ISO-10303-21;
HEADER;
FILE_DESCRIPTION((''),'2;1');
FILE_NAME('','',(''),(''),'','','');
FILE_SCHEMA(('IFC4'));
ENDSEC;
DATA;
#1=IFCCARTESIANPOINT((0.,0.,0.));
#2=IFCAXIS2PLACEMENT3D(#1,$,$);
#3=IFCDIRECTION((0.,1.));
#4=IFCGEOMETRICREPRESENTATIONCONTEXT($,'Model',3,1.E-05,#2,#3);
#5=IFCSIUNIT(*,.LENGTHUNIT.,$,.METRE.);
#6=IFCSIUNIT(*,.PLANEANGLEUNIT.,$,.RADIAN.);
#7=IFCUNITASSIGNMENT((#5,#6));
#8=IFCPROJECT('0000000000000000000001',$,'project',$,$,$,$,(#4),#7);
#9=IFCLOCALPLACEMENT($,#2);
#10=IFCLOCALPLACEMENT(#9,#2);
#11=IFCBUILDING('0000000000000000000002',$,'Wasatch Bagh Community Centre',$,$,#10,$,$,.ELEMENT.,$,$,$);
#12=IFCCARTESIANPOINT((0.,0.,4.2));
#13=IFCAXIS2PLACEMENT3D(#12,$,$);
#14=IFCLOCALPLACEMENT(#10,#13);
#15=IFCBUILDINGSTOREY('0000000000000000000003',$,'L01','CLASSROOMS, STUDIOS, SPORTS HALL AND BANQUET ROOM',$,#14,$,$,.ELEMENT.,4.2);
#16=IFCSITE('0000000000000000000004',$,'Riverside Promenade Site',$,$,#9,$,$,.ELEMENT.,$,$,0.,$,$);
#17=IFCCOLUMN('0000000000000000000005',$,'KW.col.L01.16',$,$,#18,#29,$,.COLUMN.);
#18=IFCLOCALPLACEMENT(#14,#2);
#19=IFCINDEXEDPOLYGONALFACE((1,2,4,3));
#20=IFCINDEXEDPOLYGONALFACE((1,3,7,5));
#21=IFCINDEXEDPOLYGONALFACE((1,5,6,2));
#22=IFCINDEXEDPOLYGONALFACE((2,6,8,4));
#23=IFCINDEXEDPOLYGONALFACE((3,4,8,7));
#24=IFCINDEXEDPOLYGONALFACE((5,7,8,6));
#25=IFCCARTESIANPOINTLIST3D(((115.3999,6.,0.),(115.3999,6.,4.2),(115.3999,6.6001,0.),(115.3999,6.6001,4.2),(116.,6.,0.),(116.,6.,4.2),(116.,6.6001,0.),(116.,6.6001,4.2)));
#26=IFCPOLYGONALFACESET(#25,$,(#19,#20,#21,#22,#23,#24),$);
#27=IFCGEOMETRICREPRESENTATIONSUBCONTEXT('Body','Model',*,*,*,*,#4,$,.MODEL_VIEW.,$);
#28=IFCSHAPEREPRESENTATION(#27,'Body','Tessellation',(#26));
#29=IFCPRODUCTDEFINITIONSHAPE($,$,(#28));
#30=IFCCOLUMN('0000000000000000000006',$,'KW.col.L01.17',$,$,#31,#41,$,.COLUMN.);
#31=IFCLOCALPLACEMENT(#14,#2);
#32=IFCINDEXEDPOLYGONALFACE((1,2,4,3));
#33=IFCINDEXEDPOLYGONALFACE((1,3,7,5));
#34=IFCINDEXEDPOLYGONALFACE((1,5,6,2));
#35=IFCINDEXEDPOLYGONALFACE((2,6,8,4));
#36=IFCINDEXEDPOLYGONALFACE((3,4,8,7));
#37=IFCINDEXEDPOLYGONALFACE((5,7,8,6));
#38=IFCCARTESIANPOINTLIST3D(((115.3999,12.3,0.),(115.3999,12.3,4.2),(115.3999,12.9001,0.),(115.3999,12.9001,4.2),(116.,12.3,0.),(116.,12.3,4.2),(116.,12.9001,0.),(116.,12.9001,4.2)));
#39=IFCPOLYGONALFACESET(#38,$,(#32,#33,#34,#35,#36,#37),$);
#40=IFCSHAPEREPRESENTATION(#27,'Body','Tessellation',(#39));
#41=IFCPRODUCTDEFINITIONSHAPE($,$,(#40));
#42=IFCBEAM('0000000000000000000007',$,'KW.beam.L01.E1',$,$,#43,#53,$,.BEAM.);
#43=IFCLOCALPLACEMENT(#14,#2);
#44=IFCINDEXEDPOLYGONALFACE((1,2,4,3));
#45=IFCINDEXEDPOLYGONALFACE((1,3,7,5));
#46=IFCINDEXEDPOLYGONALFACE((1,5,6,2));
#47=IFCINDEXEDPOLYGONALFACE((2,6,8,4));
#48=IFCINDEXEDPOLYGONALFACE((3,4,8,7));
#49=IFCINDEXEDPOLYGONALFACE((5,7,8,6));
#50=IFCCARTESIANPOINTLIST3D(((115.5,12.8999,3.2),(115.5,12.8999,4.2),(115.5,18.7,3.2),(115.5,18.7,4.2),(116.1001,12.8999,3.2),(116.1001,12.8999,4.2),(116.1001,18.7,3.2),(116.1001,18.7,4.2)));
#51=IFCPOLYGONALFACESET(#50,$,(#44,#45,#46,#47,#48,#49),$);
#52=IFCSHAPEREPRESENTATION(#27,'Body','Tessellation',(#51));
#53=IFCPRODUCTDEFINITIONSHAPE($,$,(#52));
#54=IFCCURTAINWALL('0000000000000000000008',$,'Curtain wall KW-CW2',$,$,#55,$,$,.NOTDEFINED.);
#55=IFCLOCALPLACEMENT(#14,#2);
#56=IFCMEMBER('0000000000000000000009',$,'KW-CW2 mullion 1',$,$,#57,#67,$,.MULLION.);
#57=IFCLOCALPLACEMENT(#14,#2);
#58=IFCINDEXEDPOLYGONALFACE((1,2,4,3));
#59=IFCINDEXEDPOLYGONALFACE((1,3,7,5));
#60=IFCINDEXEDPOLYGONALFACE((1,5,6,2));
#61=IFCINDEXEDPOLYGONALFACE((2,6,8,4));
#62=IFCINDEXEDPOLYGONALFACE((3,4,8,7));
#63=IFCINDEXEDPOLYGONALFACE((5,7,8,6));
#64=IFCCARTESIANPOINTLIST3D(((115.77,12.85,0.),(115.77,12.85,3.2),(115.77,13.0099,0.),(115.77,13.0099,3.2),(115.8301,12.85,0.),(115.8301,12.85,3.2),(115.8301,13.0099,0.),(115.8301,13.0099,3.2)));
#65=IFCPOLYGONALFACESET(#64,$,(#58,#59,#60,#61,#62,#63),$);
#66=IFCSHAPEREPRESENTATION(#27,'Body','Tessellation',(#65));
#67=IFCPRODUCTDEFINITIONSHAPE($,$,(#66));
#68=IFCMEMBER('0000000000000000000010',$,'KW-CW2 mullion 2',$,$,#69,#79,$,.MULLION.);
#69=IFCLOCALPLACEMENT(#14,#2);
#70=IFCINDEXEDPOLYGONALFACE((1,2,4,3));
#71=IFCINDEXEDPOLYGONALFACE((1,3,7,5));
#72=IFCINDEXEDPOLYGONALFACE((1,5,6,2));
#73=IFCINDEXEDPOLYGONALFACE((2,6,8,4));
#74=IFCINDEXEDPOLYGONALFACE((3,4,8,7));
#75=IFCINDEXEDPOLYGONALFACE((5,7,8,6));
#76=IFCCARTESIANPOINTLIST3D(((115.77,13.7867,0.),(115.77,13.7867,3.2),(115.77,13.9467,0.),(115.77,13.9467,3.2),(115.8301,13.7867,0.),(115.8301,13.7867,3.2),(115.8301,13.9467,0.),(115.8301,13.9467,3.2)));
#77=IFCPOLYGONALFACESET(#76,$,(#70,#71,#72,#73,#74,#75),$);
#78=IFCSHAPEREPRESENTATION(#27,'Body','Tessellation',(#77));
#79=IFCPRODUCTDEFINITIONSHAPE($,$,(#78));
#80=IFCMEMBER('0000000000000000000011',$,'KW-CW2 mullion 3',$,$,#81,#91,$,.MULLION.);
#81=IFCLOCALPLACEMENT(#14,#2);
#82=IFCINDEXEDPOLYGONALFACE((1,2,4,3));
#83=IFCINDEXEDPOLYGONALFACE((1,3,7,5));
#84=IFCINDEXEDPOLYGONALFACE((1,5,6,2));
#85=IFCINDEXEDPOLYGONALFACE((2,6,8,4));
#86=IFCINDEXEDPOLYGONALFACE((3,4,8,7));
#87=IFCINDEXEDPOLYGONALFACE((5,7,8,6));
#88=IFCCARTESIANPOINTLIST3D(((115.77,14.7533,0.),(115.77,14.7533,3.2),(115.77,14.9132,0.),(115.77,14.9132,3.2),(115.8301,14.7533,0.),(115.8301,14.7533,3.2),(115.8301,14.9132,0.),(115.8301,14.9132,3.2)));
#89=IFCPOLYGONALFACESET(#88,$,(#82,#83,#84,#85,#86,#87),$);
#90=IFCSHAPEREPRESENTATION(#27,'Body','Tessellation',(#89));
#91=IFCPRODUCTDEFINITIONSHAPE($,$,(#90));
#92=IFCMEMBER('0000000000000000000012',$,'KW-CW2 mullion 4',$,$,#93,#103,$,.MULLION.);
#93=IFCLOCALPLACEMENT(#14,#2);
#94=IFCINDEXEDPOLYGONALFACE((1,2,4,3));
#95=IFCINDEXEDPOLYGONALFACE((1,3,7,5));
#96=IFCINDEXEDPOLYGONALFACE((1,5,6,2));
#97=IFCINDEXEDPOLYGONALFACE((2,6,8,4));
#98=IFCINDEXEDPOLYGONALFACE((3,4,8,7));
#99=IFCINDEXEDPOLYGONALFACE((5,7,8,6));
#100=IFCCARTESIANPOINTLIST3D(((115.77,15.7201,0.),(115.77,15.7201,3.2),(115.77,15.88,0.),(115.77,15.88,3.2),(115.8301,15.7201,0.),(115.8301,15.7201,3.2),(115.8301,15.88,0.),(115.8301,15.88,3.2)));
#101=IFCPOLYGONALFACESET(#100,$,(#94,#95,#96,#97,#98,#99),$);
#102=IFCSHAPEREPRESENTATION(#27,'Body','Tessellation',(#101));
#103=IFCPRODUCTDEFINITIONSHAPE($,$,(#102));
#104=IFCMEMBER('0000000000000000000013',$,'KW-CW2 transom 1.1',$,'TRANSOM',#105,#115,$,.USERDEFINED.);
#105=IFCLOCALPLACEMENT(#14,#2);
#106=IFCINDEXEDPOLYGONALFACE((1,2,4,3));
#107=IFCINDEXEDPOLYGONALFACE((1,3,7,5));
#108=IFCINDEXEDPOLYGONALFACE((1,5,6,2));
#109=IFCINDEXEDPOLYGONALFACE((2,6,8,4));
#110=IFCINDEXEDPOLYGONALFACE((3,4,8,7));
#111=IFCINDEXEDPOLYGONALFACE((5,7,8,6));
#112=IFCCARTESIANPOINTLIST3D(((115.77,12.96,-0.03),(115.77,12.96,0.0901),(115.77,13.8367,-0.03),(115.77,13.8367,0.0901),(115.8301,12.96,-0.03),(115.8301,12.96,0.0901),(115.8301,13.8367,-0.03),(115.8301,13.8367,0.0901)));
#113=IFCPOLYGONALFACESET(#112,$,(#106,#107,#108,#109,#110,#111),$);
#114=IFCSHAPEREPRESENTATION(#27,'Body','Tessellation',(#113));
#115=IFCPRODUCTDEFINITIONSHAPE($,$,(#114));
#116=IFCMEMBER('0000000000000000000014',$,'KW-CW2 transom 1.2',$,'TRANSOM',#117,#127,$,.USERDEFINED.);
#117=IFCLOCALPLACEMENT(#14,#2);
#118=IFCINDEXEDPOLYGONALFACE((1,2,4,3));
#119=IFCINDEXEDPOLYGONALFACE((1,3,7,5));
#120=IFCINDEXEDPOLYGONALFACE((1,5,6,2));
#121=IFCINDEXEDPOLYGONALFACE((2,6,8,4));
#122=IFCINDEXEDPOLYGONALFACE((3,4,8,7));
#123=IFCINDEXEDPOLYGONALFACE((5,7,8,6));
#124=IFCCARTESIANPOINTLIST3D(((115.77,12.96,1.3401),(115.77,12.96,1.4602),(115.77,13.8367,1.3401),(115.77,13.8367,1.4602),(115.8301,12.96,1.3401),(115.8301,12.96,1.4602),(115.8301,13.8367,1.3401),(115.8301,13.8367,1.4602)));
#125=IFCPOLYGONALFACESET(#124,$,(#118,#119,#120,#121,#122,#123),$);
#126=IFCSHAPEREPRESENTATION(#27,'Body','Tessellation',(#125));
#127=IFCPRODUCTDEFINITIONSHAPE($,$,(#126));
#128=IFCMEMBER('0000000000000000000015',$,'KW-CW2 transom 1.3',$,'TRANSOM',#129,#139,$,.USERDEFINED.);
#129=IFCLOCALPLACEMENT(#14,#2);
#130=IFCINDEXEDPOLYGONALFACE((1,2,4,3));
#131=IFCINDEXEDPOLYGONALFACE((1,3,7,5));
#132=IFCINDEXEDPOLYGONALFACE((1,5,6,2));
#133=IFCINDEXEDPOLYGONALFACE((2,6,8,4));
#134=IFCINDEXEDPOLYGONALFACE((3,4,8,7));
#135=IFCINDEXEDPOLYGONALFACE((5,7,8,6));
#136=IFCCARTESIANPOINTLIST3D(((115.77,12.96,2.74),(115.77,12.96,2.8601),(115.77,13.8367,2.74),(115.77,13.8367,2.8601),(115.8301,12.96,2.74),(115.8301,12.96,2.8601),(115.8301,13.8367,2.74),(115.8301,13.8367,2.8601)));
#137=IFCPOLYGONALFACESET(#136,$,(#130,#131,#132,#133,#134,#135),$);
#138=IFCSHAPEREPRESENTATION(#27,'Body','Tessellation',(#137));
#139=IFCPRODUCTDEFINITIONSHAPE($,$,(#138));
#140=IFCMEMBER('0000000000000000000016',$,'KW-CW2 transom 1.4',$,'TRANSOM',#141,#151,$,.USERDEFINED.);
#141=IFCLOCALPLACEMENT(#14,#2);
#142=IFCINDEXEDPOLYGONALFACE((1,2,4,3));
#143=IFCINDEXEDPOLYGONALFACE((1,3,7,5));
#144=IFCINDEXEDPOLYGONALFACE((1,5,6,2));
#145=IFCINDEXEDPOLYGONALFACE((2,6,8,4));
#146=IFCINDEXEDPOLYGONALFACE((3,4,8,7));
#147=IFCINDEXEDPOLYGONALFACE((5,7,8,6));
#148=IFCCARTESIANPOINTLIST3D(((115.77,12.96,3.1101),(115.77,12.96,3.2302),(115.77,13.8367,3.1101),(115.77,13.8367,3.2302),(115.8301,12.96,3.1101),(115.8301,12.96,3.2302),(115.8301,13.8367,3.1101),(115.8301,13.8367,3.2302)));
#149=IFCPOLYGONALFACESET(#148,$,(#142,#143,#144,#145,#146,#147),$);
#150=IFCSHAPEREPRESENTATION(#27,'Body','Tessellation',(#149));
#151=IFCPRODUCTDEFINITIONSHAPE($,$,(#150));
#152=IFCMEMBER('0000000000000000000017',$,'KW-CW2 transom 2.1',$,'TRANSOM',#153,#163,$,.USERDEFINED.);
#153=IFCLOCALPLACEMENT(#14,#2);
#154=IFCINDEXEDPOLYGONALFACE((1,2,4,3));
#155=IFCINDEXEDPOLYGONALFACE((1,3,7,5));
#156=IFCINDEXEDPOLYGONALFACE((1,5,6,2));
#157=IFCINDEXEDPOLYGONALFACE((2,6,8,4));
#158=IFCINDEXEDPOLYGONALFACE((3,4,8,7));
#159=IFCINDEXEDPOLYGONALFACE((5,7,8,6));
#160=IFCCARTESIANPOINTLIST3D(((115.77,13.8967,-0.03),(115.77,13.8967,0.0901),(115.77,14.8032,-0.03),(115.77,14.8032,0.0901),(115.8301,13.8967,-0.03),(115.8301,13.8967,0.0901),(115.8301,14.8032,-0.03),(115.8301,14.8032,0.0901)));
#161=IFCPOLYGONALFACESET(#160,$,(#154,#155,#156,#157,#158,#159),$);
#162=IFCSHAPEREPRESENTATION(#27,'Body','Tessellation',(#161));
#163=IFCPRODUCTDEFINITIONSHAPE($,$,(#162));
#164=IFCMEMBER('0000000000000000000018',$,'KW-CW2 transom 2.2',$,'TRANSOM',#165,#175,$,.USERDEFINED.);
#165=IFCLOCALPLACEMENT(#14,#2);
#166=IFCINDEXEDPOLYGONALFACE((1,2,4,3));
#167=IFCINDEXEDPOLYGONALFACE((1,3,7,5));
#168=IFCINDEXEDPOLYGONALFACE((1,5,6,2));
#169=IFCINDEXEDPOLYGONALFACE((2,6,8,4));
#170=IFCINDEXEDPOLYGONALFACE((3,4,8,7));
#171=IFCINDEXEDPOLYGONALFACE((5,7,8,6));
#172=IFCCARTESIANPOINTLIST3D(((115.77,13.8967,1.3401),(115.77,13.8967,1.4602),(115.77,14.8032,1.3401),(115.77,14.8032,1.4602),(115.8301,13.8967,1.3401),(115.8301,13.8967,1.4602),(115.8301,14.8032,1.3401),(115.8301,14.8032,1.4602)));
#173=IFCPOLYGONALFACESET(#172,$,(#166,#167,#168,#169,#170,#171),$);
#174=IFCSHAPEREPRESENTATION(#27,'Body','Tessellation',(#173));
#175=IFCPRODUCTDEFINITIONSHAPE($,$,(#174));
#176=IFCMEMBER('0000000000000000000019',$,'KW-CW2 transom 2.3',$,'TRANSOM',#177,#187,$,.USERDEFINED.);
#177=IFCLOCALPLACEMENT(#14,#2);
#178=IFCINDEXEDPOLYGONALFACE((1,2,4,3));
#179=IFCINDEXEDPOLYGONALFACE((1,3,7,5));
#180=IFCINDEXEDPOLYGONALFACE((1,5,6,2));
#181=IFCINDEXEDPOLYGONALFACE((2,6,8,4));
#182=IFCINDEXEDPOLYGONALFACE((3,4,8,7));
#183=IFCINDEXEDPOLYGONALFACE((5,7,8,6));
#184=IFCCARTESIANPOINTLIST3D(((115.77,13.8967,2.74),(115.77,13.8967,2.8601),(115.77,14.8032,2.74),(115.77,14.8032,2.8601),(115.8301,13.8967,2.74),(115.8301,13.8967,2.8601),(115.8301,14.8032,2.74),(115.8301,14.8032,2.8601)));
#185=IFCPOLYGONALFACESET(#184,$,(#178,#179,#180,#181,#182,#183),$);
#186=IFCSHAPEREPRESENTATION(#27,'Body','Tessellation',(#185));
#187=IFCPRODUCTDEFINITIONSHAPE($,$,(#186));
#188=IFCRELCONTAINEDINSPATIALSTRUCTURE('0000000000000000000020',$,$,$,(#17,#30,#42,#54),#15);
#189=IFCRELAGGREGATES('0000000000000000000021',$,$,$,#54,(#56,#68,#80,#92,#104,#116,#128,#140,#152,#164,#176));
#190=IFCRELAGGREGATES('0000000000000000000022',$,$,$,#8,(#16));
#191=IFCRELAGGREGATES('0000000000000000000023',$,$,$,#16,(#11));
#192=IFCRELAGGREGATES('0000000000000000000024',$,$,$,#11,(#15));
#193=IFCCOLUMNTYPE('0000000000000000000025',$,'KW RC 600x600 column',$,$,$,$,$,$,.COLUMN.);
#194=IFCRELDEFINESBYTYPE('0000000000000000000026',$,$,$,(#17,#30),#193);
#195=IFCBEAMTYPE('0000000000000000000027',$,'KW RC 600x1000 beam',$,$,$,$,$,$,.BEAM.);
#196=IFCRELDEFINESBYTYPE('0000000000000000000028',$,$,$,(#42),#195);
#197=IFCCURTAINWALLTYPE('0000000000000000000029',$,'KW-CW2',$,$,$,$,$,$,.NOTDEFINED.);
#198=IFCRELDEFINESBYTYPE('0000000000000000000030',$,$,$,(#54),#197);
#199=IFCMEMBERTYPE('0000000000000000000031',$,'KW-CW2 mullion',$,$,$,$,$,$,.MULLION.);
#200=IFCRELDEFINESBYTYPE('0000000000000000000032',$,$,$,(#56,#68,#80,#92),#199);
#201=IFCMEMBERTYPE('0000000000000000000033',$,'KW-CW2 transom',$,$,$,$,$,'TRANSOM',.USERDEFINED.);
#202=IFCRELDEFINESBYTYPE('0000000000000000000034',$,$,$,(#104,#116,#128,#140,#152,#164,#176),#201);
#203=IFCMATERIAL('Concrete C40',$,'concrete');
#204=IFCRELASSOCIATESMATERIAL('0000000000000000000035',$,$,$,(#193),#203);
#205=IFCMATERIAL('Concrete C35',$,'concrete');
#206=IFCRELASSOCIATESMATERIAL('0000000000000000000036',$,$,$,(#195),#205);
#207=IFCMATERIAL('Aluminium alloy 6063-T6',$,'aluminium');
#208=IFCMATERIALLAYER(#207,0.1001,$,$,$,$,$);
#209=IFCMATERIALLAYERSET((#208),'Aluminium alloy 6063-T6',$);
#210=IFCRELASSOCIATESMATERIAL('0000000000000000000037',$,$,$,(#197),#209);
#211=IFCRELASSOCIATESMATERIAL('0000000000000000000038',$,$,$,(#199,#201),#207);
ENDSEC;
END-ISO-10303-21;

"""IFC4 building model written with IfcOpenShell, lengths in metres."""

from ifc_helpers import new_model, si_unit, direction, frame, origin, origin_2d, place, context, subcontext, project, spatial, rectangle, extrude, material, layer, layer_set, material_profile, profile_set, type_object, element, aggregate, save


model = new_model("IFC4")

# Units and contexts
model_context = context("Model", 3, precision=1e-05, world=origin(), true_north=direction((0.0, 1.0)))
body_context = subcontext(model_context, "Body", "Model", "MODEL_VIEW")
ifc_project = project(units=[si_unit("LENGTHUNIT", "METRE"), si_unit("PLANEANGLEUNIT", "RADIAN")], contexts=[model_context])

# Site, building, storey
site_placement = place(None, origin())
site = spatial("IfcSite", under=ifc_project, at=site_placement, Name="Riverside Promenade Site", CompositionType="ELEMENT", RefElevation=0.0)
building_placement = place(site_placement, origin())
building = spatial("IfcBuilding", under=site, at=building_placement, Name="Wasatch Bagh Community Centre", CompositionType="ELEMENT")
storey_placement = place(building_placement, frame((0.0, 0.0, 4.2)))
storey = spatial("IfcBuildingStorey", under=building, at=storey_placement, Name="L01", Description="CLASSROOMS, STUDIOS, SPORTS HALL AND BANQUET ROOM", CompositionType="ELEMENT", Elevation=4.2)

# Columns
ifc_material_1 = material(Name="Concrete C40", Category="concrete")
ifc_material_profile_1 = material_profile(ifc_material_1, rectangle(XDim=0.6001, YDim=0.6001, at=origin_2d()), Name="RC 600x600")
ifc_profile_set_1 = profile_set([ifc_material_profile_1], Name="Concrete C40")
column_type = type_object("IfcColumnType", Name="KW RC 600x600 column", PredefinedType="COLUMN", material=ifc_profile_set_1)
for number, where, z_axis, x_axis, name in (
    (1, (115.7, 6.3, 0.0), (0.0, 0.0, 1.0), (1.0, 0.0, 0.0), "KW.col.L01.16"),
    (2, (115.7, 12.6001, 0.0), (0.0, 0.0, 1.0), (1.0, 0.0, 0.0), "KW.col.L01.17"),
):
    element("IfcColumn", number, at=place(storey_placement, frame(where, z_axis=z_axis, x_axis=x_axis)), inside=storey, type_object=column_type, Name=name, PredefinedType="COLUMN", context=body_context, shape_type="SweptSolid", body=[
        extrude(rectangle(XDim=0.6001, YDim=0.6001, at=origin_2d()), origin(), (0.0, 0.0, 1.0), 4.2),
    ])

# Beam
ifc_material_2 = material(Name="Concrete C35", Category="concrete")
ifc_material_profile_2 = material_profile(ifc_material_2, rectangle(XDim=0.6001, YDim=1.0, at=origin_2d()), Name="RC 600x1000")
ifc_profile_set_2 = profile_set([ifc_material_profile_2], Name="Concrete C35")
beam_type = type_object("IfcBeamType", Name="KW RC 600x1000 beam", PredefinedType="BEAM", material=ifc_profile_set_2)
beam_placement = place(storey_placement, frame((115.8, 12.8999, 3.7), z_axis=(0.0, 1.0, 0.0), x_axis=(-1.0, 0.0, 0.0)))
element("IfcBeam", 3, at=beam_placement, inside=storey, type_object=beam_type, Name="KW.beam.L01.E1", PredefinedType="BEAM", context=body_context, shape_type="SweptSolid", body=[
    extrude(rectangle(XDim=0.6001, YDim=1.0, at=origin_2d()), origin(), (0.0, 0.0, 1.0), 5.8),
])

# Curtain wall, members
ifc_material_3 = material(Name="Aluminium alloy 6063-T6", Category="aluminium")
ifc_layer_1 = layer(ifc_material_3, 0.1001)
ifc_layer_set_1 = layer_set([ifc_layer_1], Name="Aluminium alloy 6063-T6")
curtain_wall_type = type_object("IfcCurtainWallType", Name="KW-CW2", PredefinedType="NOTDEFINED", material=ifc_layer_set_1)
curtain_wall_placement = place(storey_placement, origin())
curtain_wall = element("IfcCurtainWall", 4, at=curtain_wall_placement, inside=storey, type_object=curtain_wall_type, Name="Curtain wall KW-CW2", PredefinedType="NOTDEFINED")
ifc_material_profile_3 = material_profile(ifc_material_3, rectangle(XDim=0.0601, YDim=0.1599, at=origin_2d()), Name="AL 60x160")
ifc_profile_set_3 = profile_set([ifc_material_profile_3], Name="Aluminium alloy 6063-T6")
member_type_1 = type_object("IfcMemberType", Name="KW-CW2 mullion", PredefinedType="MULLION", material=ifc_profile_set_3)
member_1_placement = place(storey_placement, frame((115.8, 12.9299, 0.0), z_axis=(0.0, 0.0, 1.0), x_axis=(-1.0, 0.0, 0.0)))
member_1 = element("IfcMember", 5, at=member_1_placement, type_object=member_type_1, Name="KW-CW2 mullion 1", PredefinedType="MULLION", context=body_context, shape_type="SweptSolid", body=[
    extrude(rectangle(XDim=0.0601, YDim=0.1599, at=origin_2d()), origin(), (0.0, 0.0, 1.0), 3.2),
])
member_2_placement = place(storey_placement, frame((115.8, 13.8667, 0.0), z_axis=(0.0, 0.0, 1.0), x_axis=(-1.0, 0.0, 0.0)))
member_2 = element("IfcMember", 6, at=member_2_placement, type_object=member_type_1, Name="KW-CW2 mullion 2", PredefinedType="MULLION", context=body_context, shape_type="SweptSolid", body=[
    extrude(rectangle(XDim=0.0601, YDim=0.1599, at=origin_2d()), origin(), (0.0, 0.0, 1.0), 3.2),
])
member_3_placement = place(storey_placement, frame((115.8, 14.8333, 0.0), z_axis=(0.0, 0.0, 1.0), x_axis=(-1.0, 0.0, 0.0)))
member_3 = element("IfcMember", 7, at=member_3_placement, type_object=member_type_1, Name="KW-CW2 mullion 3", PredefinedType="MULLION", context=body_context, shape_type="SweptSolid", body=[
    extrude(rectangle(XDim=0.0601, YDim=0.1599, at=origin_2d()), origin(), (0.0, 0.0, 1.0), 3.2),
])
member_4_placement = place(storey_placement, frame((115.8, 15.8, 0.0), z_axis=(0.0, 0.0, 1.0), x_axis=(-1.0, 0.0, 0.0)))
member_4 = element("IfcMember", 8, at=member_4_placement, type_object=member_type_1, Name="KW-CW2 mullion 4", PredefinedType="MULLION", context=body_context, shape_type="SweptSolid", body=[
    extrude(rectangle(XDim=0.0601, YDim=0.1599, at=origin_2d()), origin(), (0.0, 0.0, 1.0), 3.2),
])
ifc_material_profile_4 = material_profile(ifc_material_3, rectangle(XDim=0.0601, YDim=0.1201, at=origin_2d()), Name="AL 60x120")
ifc_profile_set_4 = profile_set([ifc_material_profile_4], Name="Aluminium alloy 6063-T6")
member_type_2 = type_object("IfcMemberType", Name="KW-CW2 transom", ElementType="TRANSOM", PredefinedType="USERDEFINED", material=ifc_profile_set_4)
member_5_placement = place(storey_placement, frame((115.8, 12.96, 0.03), z_axis=(0.0, 1.0, 0.0), x_axis=(-1.0, 0.0, 0.0)))
member_5 = element("IfcMember", 9, at=member_5_placement, type_object=member_type_2, Name="KW-CW2 transom 1.1", ObjectType="TRANSOM", PredefinedType="USERDEFINED", context=body_context, shape_type="SweptSolid", body=[
    extrude(rectangle(XDim=0.0601, YDim=0.1201, at=origin_2d()), origin(), (0.0, 0.0, 1.0), 0.8767),
])
member_6_placement = place(storey_placement, frame((115.8, 12.96, 1.4001), z_axis=(0.0, 1.0, 0.0), x_axis=(-1.0, 0.0, 0.0)))
member_6 = element("IfcMember", 10, at=member_6_placement, type_object=member_type_2, Name="KW-CW2 transom 1.2", ObjectType="TRANSOM", PredefinedType="USERDEFINED", context=body_context, shape_type="SweptSolid", body=[
    extrude(rectangle(XDim=0.0601, YDim=0.1201, at=origin_2d()), origin(), (0.0, 0.0, 1.0), 0.8767),
])
member_7_placement = place(storey_placement, frame((115.8, 12.96, 2.8), z_axis=(0.0, 1.0, 0.0), x_axis=(-1.0, 0.0, 0.0)))
member_7 = element("IfcMember", 11, at=member_7_placement, type_object=member_type_2, Name="KW-CW2 transom 1.3", ObjectType="TRANSOM", PredefinedType="USERDEFINED", context=body_context, shape_type="SweptSolid", body=[
    extrude(rectangle(XDim=0.0601, YDim=0.1201, at=origin_2d()), origin(), (0.0, 0.0, 1.0), 0.8767),
])
member_8_placement = place(storey_placement, frame((115.8, 12.96, 3.1702), z_axis=(0.0, 1.0, 0.0), x_axis=(-1.0, 0.0, 0.0)))
member_8 = element("IfcMember", 12, at=member_8_placement, type_object=member_type_2, Name="KW-CW2 transom 1.4", ObjectType="TRANSOM", PredefinedType="USERDEFINED", context=body_context, shape_type="SweptSolid", body=[
    extrude(rectangle(XDim=0.0601, YDim=0.1201, at=origin_2d()), origin(), (0.0, 0.0, 1.0), 0.8767),
])
member_9_placement = place(storey_placement, frame((115.8, 13.8967, 0.03), z_axis=(0.0, 1.0, 0.0), x_axis=(-1.0, 0.0, 0.0)))
member_9 = element("IfcMember", 13, at=member_9_placement, type_object=member_type_2, Name="KW-CW2 transom 2.1", ObjectType="TRANSOM", PredefinedType="USERDEFINED", context=body_context, shape_type="SweptSolid", body=[
    extrude(rectangle(XDim=0.0601, YDim=0.1201, at=origin_2d()), origin(), (0.0, 0.0, 1.0), 0.9065),
])
member_10_placement = place(storey_placement, frame((115.8, 13.8967, 1.4001), z_axis=(0.0, 1.0, 0.0), x_axis=(-1.0, 0.0, 0.0)))
member_10 = element("IfcMember", 14, at=member_10_placement, type_object=member_type_2, Name="KW-CW2 transom 2.2", ObjectType="TRANSOM", PredefinedType="USERDEFINED", context=body_context, shape_type="SweptSolid", body=[
    extrude(rectangle(XDim=0.0601, YDim=0.1201, at=origin_2d()), origin(), (0.0, 0.0, 1.0), 0.9065),
])
member_11_placement = place(storey_placement, frame((115.8, 13.8967, 2.8), z_axis=(0.0, 1.0, 0.0), x_axis=(-1.0, 0.0, 0.0)))
member_11 = element("IfcMember", 15, at=member_11_placement, type_object=member_type_2, Name="KW-CW2 transom 2.3", ObjectType="TRANSOM", PredefinedType="USERDEFINED", context=body_context, shape_type="SweptSolid", body=[
    extrude(rectangle(XDim=0.0601, YDim=0.1201, at=origin_2d()), origin(), (0.0, 0.0, 1.0), 0.9065),
])
aggregate(curtain_wall, [member_1, member_2, member_3, member_4, member_5, member_6, member_7, member_8, member_9, member_10, member_11])

save(model, "model.ifc")
